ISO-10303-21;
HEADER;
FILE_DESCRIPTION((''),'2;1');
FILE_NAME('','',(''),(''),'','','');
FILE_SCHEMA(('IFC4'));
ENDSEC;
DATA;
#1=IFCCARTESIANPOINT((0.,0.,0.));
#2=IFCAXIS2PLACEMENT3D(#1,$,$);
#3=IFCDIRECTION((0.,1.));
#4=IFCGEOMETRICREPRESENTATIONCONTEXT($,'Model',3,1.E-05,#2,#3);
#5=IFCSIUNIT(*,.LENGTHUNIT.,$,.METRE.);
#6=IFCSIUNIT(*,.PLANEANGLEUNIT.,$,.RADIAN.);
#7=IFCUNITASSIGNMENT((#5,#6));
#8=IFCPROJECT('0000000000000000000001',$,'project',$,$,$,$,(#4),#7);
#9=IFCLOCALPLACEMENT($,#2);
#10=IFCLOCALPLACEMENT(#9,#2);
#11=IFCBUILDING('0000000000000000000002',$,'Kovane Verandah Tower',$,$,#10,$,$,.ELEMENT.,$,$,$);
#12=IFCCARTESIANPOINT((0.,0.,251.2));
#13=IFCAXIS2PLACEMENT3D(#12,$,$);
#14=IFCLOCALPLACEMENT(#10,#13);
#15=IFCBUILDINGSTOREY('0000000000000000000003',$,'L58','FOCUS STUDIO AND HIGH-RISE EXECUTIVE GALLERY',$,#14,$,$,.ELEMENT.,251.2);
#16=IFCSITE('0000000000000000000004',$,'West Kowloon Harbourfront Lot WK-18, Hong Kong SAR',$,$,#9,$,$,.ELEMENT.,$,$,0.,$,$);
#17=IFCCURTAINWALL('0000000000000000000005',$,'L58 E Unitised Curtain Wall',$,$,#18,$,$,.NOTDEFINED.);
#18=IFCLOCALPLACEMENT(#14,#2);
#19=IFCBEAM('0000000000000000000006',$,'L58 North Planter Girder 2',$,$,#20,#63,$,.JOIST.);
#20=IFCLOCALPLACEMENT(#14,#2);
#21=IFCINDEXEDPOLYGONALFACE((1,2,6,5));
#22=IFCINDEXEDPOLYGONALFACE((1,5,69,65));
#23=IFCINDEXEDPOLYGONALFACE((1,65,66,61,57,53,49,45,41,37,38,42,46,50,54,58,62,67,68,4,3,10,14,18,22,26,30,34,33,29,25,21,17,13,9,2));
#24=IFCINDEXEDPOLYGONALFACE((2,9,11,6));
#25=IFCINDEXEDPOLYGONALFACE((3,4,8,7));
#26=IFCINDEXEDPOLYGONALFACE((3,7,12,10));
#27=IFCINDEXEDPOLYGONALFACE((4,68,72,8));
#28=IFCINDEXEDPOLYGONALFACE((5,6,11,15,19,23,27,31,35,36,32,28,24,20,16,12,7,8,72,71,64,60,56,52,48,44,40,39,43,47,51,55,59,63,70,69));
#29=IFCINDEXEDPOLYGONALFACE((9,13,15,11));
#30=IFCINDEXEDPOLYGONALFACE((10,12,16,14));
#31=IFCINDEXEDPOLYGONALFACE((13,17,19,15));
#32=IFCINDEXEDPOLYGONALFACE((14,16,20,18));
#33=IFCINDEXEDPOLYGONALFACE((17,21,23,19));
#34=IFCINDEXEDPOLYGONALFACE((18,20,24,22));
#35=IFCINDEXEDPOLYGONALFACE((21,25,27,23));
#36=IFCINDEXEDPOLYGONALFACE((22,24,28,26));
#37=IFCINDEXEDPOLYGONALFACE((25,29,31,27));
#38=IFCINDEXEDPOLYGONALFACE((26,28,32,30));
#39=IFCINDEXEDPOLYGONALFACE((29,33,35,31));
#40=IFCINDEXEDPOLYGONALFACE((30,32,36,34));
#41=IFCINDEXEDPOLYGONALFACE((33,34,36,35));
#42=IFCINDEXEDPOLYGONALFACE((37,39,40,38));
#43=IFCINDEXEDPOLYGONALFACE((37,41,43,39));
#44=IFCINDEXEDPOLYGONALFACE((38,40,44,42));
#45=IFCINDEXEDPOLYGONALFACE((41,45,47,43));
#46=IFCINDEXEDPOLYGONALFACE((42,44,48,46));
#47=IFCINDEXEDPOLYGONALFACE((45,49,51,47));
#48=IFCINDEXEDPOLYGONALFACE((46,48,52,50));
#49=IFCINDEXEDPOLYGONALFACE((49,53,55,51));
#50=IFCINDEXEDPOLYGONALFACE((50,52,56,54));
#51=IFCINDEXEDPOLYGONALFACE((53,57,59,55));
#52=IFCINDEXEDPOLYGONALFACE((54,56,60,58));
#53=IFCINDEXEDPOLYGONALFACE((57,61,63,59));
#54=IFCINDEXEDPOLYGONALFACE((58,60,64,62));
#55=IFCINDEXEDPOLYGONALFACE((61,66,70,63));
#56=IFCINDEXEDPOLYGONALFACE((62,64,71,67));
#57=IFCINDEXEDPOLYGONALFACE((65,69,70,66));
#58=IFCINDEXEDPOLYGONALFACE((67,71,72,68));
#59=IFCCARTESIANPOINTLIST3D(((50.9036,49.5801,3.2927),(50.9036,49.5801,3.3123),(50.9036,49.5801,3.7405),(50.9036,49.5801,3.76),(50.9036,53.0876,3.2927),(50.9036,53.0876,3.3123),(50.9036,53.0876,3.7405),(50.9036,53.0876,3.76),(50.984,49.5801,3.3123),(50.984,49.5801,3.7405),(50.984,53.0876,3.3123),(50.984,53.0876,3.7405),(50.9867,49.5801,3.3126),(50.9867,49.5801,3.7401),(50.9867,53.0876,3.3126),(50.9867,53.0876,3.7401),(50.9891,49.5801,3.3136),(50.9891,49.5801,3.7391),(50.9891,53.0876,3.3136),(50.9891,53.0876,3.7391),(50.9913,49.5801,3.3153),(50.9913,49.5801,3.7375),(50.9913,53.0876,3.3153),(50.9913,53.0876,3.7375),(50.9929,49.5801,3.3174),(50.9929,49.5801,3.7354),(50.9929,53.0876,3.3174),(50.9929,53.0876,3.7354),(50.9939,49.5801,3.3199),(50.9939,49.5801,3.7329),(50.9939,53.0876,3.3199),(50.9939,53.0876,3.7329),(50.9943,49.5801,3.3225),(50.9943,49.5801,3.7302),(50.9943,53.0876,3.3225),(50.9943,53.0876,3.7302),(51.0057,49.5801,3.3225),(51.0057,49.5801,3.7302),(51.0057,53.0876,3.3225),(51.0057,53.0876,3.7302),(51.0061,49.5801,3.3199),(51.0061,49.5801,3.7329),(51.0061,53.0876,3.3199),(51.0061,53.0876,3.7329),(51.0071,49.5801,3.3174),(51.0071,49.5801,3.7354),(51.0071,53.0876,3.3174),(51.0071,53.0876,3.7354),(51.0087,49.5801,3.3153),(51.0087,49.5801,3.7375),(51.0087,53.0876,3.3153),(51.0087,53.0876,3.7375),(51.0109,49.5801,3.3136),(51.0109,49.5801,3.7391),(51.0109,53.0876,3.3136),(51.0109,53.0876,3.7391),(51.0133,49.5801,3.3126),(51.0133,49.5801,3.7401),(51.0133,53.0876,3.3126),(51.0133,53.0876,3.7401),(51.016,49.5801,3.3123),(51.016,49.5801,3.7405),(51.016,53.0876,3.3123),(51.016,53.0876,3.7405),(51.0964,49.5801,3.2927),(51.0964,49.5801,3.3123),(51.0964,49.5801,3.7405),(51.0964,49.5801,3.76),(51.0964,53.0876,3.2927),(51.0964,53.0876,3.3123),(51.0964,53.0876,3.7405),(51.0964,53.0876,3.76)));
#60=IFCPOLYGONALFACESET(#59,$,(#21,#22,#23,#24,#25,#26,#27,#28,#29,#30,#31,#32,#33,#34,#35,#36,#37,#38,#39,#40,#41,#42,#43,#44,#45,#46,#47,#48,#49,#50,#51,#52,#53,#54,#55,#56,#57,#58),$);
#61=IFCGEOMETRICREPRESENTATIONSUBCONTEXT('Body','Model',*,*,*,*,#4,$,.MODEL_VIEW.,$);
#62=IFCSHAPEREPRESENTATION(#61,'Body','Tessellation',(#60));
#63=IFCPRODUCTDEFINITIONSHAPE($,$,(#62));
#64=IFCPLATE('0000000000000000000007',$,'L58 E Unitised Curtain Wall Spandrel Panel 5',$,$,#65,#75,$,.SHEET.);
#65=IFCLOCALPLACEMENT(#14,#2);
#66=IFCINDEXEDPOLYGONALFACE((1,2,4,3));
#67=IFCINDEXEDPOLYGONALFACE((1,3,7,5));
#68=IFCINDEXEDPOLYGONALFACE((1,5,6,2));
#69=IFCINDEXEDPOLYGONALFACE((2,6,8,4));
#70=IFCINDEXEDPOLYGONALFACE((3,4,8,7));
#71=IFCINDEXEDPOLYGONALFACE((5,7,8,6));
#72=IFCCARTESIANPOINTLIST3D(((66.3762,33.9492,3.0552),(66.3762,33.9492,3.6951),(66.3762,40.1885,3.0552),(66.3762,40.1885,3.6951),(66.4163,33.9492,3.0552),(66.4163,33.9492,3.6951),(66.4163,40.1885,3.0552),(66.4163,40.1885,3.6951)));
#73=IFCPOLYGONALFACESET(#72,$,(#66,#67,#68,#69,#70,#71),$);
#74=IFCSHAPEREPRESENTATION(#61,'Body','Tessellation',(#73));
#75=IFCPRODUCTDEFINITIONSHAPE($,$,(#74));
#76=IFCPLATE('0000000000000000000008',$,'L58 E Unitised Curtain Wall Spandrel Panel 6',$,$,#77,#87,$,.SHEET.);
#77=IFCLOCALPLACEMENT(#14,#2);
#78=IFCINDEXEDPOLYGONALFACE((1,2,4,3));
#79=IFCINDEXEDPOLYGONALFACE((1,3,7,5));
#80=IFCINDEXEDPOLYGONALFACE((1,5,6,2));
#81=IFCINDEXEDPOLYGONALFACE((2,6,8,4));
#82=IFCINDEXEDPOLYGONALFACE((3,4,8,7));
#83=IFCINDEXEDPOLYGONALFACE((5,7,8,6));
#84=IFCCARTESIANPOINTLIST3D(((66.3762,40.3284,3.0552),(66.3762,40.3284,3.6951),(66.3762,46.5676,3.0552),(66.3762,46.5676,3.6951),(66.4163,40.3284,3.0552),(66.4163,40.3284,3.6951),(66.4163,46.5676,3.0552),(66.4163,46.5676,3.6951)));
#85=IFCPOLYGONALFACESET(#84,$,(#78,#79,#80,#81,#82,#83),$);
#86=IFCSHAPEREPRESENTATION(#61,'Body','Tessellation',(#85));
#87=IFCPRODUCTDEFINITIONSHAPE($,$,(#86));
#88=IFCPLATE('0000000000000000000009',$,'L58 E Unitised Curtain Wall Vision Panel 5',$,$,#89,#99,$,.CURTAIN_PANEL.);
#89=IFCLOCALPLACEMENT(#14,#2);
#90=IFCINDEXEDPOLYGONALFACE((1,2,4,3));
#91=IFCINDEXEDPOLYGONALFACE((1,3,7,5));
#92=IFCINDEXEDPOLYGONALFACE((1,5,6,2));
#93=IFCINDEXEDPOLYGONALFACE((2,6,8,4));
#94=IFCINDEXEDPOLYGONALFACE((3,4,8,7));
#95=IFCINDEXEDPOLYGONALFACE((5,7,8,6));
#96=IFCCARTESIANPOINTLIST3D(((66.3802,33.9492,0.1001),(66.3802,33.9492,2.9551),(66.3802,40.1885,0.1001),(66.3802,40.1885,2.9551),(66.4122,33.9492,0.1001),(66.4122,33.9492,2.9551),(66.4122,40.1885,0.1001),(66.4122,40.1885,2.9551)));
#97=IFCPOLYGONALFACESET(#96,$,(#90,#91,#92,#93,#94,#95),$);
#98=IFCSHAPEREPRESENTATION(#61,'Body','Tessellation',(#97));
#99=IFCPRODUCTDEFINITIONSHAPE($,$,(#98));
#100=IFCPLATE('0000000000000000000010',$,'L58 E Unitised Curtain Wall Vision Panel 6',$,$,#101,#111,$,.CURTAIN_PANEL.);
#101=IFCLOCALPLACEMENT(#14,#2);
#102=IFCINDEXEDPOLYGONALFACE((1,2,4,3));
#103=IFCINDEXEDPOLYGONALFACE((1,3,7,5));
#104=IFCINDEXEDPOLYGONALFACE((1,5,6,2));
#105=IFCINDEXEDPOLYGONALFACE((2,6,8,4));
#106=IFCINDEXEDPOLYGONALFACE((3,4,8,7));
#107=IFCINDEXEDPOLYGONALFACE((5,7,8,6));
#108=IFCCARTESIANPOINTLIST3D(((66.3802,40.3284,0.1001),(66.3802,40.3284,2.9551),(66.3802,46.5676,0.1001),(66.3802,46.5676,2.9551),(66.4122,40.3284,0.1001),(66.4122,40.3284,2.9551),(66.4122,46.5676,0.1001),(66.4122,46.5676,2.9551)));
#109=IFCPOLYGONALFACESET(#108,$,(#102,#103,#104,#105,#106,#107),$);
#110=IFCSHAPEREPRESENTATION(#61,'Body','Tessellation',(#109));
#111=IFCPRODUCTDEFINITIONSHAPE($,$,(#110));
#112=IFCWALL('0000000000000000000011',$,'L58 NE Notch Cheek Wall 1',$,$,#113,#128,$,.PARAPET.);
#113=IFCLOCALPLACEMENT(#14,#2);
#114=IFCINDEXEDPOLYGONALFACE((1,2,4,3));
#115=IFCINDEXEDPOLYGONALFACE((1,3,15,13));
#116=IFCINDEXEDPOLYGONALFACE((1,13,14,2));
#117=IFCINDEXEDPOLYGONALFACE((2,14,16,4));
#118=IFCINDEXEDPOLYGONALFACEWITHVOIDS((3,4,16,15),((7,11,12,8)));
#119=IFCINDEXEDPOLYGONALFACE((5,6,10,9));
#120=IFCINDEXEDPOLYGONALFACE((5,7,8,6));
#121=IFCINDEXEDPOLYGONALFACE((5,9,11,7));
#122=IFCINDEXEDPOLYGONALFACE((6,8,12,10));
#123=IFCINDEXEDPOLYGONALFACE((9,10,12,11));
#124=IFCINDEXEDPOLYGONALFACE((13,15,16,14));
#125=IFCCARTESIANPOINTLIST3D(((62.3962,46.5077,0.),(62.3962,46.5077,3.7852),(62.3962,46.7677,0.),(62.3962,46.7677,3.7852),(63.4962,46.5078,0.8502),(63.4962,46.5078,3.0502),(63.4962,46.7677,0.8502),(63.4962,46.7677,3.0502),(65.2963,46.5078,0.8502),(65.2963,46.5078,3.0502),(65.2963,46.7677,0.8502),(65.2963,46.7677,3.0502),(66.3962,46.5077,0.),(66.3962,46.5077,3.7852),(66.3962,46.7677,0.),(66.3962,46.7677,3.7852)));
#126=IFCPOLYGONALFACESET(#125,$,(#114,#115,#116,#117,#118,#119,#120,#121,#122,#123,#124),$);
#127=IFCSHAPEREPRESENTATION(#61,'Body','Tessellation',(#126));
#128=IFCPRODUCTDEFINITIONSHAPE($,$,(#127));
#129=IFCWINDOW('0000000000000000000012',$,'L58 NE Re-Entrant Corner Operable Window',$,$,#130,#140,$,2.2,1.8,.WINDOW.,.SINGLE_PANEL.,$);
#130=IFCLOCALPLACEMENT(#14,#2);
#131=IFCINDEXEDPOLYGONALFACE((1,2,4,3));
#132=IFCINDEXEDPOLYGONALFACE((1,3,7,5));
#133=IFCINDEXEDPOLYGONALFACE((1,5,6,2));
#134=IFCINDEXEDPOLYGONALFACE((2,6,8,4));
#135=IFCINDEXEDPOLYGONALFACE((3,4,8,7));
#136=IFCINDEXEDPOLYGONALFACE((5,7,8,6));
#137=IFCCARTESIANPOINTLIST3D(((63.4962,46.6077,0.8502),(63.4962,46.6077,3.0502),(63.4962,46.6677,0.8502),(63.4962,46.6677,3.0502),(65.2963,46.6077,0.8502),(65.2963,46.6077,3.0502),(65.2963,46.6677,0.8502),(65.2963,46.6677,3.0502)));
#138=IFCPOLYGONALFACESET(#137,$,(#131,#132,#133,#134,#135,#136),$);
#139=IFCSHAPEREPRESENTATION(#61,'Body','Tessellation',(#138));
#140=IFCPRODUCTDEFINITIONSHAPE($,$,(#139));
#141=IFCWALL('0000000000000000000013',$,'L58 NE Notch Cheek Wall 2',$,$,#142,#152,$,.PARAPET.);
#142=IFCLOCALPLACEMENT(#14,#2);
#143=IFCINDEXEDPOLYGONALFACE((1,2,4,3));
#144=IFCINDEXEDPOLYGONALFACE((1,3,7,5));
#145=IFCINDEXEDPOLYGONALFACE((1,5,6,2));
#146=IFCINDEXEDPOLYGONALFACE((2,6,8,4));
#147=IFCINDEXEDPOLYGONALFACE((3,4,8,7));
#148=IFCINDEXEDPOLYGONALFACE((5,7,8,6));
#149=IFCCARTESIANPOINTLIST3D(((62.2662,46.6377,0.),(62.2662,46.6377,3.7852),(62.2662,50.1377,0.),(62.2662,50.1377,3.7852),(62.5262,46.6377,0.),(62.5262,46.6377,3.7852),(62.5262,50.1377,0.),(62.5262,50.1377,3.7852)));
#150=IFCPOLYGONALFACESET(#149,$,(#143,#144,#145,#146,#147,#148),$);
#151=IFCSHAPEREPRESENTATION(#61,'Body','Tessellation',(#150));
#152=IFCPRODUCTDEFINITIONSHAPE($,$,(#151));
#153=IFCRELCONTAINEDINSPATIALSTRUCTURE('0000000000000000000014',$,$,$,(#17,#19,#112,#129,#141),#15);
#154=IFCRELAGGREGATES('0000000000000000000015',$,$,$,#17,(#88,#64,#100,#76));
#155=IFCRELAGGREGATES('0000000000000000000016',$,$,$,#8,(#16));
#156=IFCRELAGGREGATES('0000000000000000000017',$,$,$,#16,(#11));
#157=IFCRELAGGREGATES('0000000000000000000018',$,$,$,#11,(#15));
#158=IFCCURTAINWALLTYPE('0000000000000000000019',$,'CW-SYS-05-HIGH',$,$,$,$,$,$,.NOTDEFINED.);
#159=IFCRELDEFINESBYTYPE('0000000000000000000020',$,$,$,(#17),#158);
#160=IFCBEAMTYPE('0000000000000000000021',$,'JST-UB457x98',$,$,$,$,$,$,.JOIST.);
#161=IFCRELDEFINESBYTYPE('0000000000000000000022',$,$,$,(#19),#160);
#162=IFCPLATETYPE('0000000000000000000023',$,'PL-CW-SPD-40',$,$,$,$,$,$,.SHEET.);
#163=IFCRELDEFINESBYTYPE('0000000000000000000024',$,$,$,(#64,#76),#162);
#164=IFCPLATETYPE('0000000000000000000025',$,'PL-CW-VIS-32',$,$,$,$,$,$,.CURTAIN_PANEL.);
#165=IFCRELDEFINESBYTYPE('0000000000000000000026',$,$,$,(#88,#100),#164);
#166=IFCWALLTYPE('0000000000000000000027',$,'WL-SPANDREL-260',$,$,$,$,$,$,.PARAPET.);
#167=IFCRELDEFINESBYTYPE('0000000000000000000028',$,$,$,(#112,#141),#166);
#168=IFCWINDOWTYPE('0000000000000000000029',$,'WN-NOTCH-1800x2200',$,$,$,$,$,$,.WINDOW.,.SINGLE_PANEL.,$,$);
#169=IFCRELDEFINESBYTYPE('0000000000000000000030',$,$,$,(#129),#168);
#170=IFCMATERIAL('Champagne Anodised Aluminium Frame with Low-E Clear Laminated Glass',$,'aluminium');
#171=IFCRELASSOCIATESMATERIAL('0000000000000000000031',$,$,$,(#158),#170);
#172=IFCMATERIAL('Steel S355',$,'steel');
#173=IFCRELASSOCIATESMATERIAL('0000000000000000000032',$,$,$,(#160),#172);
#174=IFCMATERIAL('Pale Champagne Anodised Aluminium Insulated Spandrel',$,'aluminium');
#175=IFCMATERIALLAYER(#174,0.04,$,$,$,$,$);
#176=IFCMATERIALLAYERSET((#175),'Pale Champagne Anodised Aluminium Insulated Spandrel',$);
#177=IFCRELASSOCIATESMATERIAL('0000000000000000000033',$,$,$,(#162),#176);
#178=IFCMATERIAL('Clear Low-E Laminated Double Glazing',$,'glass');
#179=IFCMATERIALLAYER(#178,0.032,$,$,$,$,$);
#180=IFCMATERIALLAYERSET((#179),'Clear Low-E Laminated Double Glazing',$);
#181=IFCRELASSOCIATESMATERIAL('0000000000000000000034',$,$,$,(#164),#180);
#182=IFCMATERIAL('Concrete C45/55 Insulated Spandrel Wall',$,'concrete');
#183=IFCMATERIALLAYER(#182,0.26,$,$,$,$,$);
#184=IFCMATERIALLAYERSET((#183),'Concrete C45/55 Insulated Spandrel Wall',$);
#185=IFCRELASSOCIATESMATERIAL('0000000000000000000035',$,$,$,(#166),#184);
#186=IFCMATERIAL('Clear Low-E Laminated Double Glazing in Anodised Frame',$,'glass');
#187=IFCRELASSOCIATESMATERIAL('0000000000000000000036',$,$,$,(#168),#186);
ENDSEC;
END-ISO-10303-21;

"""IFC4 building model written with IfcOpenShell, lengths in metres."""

from ifc_helpers import new_model, si_unit, direction, frame, frame_2d, origin, origin_2d, place, context, subcontext, project, spatial, rectangle, i_section, extrude, material, layer, layer_set, material_profile, profile_set, type_object, element, fill, aggregate, save


model = new_model("IFC4")

# Units and contexts
model_context = context("Model", 3, precision=1e-05, world=origin(), true_north=direction((0.0, 1.0)))
body_context = subcontext(model_context, "Body", "Model", "MODEL_VIEW")
ifc_project = project(units=[si_unit("LENGTHUNIT", "METRE"), si_unit("PLANEANGLEUNIT", "RADIAN")], contexts=[model_context])

# Site, building, storey
site_placement = place(None, origin())
site = spatial("IfcSite", under=ifc_project, at=site_placement, Name="West Kowloon Harbourfront Lot WK-18, Hong Kong SAR", CompositionType="ELEMENT", RefElevation=0.0)
building_placement = place(site_placement, origin())
building = spatial("IfcBuilding", under=site, at=building_placement, Name="Kovane Verandah Tower", CompositionType="ELEMENT")
storey_placement = place(building_placement, frame((0.0, 0.0, 251.2)))
storey = spatial("IfcBuildingStorey", under=building, at=storey_placement, Name="L58", Description="FOCUS STUDIO AND HIGH-RISE EXECUTIVE GALLERY", CompositionType="ELEMENT", Elevation=251.2)

# Shared definitions
ifc_material_1 = material(Name="Steel S355", Category="steel")

# Curtain wall
ifc_material_2 = material(Name="Champagne Anodised Aluminium Frame with Low-E Clear Laminated Glass", Category="aluminium")
curtain_wall_type = type_object("IfcCurtainWallType", Name="CW-SYS-05-HIGH", PredefinedType="NOTDEFINED", material=ifc_material_2)
curtain_wall_placement = place(storey_placement, origin())
curtain_wall = element("IfcCurtainWall", 1, at=curtain_wall_placement, inside=storey, type_object=curtain_wall_type, Name="L58 E Unitised Curtain Wall", PredefinedType="NOTDEFINED")

# Beam
ifc_material_profile_1 = material_profile(ifc_material_1, i_section(OverallWidth=0.1929, OverallDepth=0.4673, WebThickness=0.0115, FlangeThickness=0.0195, FilletRadius=0.0103, at=origin_2d()), Name="UB457x191x98")
ifc_profile_set_1 = profile_set([ifc_material_profile_1], Name="Steel S355")
beam_type_1 = type_object("IfcBeamType", Name="JST-UB457x98", PredefinedType="JOIST", material=ifc_profile_set_1)
beam_1_placement = place(storey_placement, frame((51.0, 49.5801, 3.5264), z_axis=(0.0, 1.0, 0.0), x_axis=(-1.0, 0.0, 0.0)))
element("IfcBeam", 2, at=beam_1_placement, inside=storey, type_object=beam_type_1, Name="L58 North Planter Girder 2", PredefinedType="JOIST", context=body_context, shape_type="SweptSolid", body=[
    extrude(i_section(OverallWidth=0.1929, OverallDepth=0.4673, WebThickness=0.0115, FlangeThickness=0.0195, FilletRadius=0.0103, at=origin_2d()), origin(), (0.0, 0.0, 1.0), 3.5076),
])

# Plates
ifc_material_3 = material(Name="Pale Champagne Anodised Aluminium Insulated Spandrel", Category="aluminium")
ifc_layer_1 = layer(ifc_material_3, 0.04)
ifc_layer_set_1 = layer_set([ifc_layer_1], Name="Pale Champagne Anodised Aluminium Insulated Spandrel")
plate_type_1 = type_object("IfcPlateType", Name="PL-CW-SPD-40", PredefinedType="SHEET", material=ifc_layer_set_1)
plate_1_placement = place(storey_placement, frame((66.3962, 37.0688, 3.0552), z_axis=(0.0, 0.0, 1.0), x_axis=(0.0, 1.0, 0.0)))
plate_1 = element("IfcPlate", 3, at=plate_1_placement, type_object=plate_type_1, Name="L58 E Unitised Curtain Wall Spandrel Panel 5", PredefinedType="SHEET", context=body_context, shape_type="SweptSolid", body=[
    extrude(rectangle(XDim=6.2393, YDim=0.04, at=origin_2d()), origin(), (0.0, 0.0, 1.0), 0.6399),
])
plate_2_placement = place(storey_placement, frame((66.3962, 43.448, 3.0552), z_axis=(0.0, 0.0, 1.0), x_axis=(0.0, 1.0, 0.0)))
plate_2 = element("IfcPlate", 4, at=plate_2_placement, type_object=plate_type_1, Name="L58 E Unitised Curtain Wall Spandrel Panel 6", PredefinedType="SHEET", context=body_context, shape_type="SweptSolid", body=[
    extrude(rectangle(XDim=6.2393, YDim=0.04, at=origin_2d()), origin(), (0.0, 0.0, 1.0), 0.6399),
])
ifc_material_4 = material(Name="Clear Low-E Laminated Double Glazing", Category="glass")
ifc_layer_2 = layer(ifc_material_4, 0.032)
ifc_layer_set_2 = layer_set([ifc_layer_2], Name="Clear Low-E Laminated Double Glazing")
plate_type_2 = type_object("IfcPlateType", Name="PL-CW-VIS-32", PredefinedType="CURTAIN_PANEL", material=ifc_layer_set_2)
plate_3_placement = place(storey_placement, frame((66.3962, 37.0688, 0.1001), z_axis=(0.0, 0.0, 1.0), x_axis=(0.0, 1.0, 0.0)))
plate_3 = element("IfcPlate", 5, at=plate_3_placement, type_object=plate_type_2, Name="L58 E Unitised Curtain Wall Vision Panel 5", PredefinedType="CURTAIN_PANEL", context=body_context, shape_type="SweptSolid", body=[
    extrude(rectangle(XDim=6.2393, YDim=0.032, at=origin_2d()), origin(), (0.0, 0.0, 1.0), 2.855),
])
plate_4_placement = place(storey_placement, frame((66.3962, 43.448, 0.1001), z_axis=(0.0, 0.0, 1.0), x_axis=(0.0, 1.0, 0.0)))
plate_4 = element("IfcPlate", 6, at=plate_4_placement, type_object=plate_type_2, Name="L58 E Unitised Curtain Wall Vision Panel 6", PredefinedType="CURTAIN_PANEL", context=body_context, shape_type="SweptSolid", body=[
    extrude(rectangle(XDim=6.2393, YDim=0.032, at=origin_2d()), origin(), (0.0, 0.0, 1.0), 2.855),
])
aggregate(curtain_wall, [plate_3, plate_1, plate_4, plate_2])

# Shared definitions
ifc_material_5 = material(Name="Concrete C45/55 Insulated Spandrel Wall", Category="concrete")
ifc_layer_3 = layer(ifc_material_5, 0.26)
ifc_layer_set_3 = layer_set([ifc_layer_3], Name="Concrete C45/55 Insulated Spandrel Wall")
wall_type = type_object("IfcWallType", Name="WL-SPANDREL-260", PredefinedType="PARAPET", material=ifc_layer_set_3)
ifc_material_6 = material(Name="Clear Low-E Laminated Double Glazing in Anodised Frame", Category="glass")

# Wall, opening, window
wall_1_placement = place(storey_placement, frame((66.3962, 46.6377, 0.0), z_axis=(0.0, 0.0, 1.0), x_axis=(-1.0, 0.0, 0.0)))
wall_1 = element("IfcWall", 7, at=wall_1_placement, inside=storey, type_object=wall_type, Name="L58 NE Notch Cheek Wall 1", PredefinedType="PARAPET", context=body_context, shape_type="SweptSolid", body=[
    extrude(rectangle(XDim=4.0, YDim=0.26, at=frame_2d((2.0, 0.0))), origin(), (0.0, 0.0, 1.0), 3.7852),
])
opening_1_placement = place(wall_1_placement, frame((1.1001, 0.0, 0.8501)))
opening_1 = element("IfcOpeningElement", 8, at=opening_1_placement, cuts=wall_1, PredefinedType="OPENING", context=body_context, shape_type="SweptSolid", body=[
    extrude(rectangle(XDim=1.8, YDim=2.2, at=frame_2d((0.8999, 1.1001))), frame((0.0, 0.1299, 0.0), z_axis=(0.0, -1.0, 0.0), x_axis=(1.0, 0.0, 0.0)), (0.0, 0.0, 1.0), 0.26),
])
window_type_1 = type_object("IfcWindowType", Name="WN-NOTCH-1800x2200", PartitioningType="SINGLE_PANEL", PredefinedType="WINDOW", material=ifc_material_6)
window_1_placement = place(opening_1_placement, origin())
window_1 = element("IfcWindow", 9, at=window_1_placement, inside=storey, type_object=window_type_1, Name="L58 NE Re-Entrant Corner Operable Window", OverallHeight=2.2, OverallWidth=1.8, PartitioningType="SINGLE_PANEL", PredefinedType="WINDOW", context=body_context, shape_type="SweptSolid", body=[
    extrude(rectangle(XDim=1.8, YDim=2.2, at=frame_2d((0.8999, 1.1001))), frame((0.0, 0.03, 0.0), z_axis=(0.0, -1.0, 0.0), x_axis=(1.0, 0.0, 0.0)), (0.0, 0.0, 1.0), 0.0601),
])
fill(opening_1, window_1)

# Wall
wall_2_placement = place(storey_placement, frame((62.3962, 46.6377, 0.0), z_axis=(0.0, 0.0, 1.0), x_axis=(0.0, 1.0, 0.0)))
element("IfcWall", 10, at=wall_2_placement, inside=storey, type_object=wall_type, Name="L58 NE Notch Cheek Wall 2", PredefinedType="PARAPET", context=body_context, shape_type="SweptSolid", body=[
    extrude(rectangle(XDim=3.5, YDim=0.26, at=frame_2d((1.75, 0.0))), origin(), (0.0, 0.0, 1.0), 3.7852),
])

save(model, "model.ifc")
